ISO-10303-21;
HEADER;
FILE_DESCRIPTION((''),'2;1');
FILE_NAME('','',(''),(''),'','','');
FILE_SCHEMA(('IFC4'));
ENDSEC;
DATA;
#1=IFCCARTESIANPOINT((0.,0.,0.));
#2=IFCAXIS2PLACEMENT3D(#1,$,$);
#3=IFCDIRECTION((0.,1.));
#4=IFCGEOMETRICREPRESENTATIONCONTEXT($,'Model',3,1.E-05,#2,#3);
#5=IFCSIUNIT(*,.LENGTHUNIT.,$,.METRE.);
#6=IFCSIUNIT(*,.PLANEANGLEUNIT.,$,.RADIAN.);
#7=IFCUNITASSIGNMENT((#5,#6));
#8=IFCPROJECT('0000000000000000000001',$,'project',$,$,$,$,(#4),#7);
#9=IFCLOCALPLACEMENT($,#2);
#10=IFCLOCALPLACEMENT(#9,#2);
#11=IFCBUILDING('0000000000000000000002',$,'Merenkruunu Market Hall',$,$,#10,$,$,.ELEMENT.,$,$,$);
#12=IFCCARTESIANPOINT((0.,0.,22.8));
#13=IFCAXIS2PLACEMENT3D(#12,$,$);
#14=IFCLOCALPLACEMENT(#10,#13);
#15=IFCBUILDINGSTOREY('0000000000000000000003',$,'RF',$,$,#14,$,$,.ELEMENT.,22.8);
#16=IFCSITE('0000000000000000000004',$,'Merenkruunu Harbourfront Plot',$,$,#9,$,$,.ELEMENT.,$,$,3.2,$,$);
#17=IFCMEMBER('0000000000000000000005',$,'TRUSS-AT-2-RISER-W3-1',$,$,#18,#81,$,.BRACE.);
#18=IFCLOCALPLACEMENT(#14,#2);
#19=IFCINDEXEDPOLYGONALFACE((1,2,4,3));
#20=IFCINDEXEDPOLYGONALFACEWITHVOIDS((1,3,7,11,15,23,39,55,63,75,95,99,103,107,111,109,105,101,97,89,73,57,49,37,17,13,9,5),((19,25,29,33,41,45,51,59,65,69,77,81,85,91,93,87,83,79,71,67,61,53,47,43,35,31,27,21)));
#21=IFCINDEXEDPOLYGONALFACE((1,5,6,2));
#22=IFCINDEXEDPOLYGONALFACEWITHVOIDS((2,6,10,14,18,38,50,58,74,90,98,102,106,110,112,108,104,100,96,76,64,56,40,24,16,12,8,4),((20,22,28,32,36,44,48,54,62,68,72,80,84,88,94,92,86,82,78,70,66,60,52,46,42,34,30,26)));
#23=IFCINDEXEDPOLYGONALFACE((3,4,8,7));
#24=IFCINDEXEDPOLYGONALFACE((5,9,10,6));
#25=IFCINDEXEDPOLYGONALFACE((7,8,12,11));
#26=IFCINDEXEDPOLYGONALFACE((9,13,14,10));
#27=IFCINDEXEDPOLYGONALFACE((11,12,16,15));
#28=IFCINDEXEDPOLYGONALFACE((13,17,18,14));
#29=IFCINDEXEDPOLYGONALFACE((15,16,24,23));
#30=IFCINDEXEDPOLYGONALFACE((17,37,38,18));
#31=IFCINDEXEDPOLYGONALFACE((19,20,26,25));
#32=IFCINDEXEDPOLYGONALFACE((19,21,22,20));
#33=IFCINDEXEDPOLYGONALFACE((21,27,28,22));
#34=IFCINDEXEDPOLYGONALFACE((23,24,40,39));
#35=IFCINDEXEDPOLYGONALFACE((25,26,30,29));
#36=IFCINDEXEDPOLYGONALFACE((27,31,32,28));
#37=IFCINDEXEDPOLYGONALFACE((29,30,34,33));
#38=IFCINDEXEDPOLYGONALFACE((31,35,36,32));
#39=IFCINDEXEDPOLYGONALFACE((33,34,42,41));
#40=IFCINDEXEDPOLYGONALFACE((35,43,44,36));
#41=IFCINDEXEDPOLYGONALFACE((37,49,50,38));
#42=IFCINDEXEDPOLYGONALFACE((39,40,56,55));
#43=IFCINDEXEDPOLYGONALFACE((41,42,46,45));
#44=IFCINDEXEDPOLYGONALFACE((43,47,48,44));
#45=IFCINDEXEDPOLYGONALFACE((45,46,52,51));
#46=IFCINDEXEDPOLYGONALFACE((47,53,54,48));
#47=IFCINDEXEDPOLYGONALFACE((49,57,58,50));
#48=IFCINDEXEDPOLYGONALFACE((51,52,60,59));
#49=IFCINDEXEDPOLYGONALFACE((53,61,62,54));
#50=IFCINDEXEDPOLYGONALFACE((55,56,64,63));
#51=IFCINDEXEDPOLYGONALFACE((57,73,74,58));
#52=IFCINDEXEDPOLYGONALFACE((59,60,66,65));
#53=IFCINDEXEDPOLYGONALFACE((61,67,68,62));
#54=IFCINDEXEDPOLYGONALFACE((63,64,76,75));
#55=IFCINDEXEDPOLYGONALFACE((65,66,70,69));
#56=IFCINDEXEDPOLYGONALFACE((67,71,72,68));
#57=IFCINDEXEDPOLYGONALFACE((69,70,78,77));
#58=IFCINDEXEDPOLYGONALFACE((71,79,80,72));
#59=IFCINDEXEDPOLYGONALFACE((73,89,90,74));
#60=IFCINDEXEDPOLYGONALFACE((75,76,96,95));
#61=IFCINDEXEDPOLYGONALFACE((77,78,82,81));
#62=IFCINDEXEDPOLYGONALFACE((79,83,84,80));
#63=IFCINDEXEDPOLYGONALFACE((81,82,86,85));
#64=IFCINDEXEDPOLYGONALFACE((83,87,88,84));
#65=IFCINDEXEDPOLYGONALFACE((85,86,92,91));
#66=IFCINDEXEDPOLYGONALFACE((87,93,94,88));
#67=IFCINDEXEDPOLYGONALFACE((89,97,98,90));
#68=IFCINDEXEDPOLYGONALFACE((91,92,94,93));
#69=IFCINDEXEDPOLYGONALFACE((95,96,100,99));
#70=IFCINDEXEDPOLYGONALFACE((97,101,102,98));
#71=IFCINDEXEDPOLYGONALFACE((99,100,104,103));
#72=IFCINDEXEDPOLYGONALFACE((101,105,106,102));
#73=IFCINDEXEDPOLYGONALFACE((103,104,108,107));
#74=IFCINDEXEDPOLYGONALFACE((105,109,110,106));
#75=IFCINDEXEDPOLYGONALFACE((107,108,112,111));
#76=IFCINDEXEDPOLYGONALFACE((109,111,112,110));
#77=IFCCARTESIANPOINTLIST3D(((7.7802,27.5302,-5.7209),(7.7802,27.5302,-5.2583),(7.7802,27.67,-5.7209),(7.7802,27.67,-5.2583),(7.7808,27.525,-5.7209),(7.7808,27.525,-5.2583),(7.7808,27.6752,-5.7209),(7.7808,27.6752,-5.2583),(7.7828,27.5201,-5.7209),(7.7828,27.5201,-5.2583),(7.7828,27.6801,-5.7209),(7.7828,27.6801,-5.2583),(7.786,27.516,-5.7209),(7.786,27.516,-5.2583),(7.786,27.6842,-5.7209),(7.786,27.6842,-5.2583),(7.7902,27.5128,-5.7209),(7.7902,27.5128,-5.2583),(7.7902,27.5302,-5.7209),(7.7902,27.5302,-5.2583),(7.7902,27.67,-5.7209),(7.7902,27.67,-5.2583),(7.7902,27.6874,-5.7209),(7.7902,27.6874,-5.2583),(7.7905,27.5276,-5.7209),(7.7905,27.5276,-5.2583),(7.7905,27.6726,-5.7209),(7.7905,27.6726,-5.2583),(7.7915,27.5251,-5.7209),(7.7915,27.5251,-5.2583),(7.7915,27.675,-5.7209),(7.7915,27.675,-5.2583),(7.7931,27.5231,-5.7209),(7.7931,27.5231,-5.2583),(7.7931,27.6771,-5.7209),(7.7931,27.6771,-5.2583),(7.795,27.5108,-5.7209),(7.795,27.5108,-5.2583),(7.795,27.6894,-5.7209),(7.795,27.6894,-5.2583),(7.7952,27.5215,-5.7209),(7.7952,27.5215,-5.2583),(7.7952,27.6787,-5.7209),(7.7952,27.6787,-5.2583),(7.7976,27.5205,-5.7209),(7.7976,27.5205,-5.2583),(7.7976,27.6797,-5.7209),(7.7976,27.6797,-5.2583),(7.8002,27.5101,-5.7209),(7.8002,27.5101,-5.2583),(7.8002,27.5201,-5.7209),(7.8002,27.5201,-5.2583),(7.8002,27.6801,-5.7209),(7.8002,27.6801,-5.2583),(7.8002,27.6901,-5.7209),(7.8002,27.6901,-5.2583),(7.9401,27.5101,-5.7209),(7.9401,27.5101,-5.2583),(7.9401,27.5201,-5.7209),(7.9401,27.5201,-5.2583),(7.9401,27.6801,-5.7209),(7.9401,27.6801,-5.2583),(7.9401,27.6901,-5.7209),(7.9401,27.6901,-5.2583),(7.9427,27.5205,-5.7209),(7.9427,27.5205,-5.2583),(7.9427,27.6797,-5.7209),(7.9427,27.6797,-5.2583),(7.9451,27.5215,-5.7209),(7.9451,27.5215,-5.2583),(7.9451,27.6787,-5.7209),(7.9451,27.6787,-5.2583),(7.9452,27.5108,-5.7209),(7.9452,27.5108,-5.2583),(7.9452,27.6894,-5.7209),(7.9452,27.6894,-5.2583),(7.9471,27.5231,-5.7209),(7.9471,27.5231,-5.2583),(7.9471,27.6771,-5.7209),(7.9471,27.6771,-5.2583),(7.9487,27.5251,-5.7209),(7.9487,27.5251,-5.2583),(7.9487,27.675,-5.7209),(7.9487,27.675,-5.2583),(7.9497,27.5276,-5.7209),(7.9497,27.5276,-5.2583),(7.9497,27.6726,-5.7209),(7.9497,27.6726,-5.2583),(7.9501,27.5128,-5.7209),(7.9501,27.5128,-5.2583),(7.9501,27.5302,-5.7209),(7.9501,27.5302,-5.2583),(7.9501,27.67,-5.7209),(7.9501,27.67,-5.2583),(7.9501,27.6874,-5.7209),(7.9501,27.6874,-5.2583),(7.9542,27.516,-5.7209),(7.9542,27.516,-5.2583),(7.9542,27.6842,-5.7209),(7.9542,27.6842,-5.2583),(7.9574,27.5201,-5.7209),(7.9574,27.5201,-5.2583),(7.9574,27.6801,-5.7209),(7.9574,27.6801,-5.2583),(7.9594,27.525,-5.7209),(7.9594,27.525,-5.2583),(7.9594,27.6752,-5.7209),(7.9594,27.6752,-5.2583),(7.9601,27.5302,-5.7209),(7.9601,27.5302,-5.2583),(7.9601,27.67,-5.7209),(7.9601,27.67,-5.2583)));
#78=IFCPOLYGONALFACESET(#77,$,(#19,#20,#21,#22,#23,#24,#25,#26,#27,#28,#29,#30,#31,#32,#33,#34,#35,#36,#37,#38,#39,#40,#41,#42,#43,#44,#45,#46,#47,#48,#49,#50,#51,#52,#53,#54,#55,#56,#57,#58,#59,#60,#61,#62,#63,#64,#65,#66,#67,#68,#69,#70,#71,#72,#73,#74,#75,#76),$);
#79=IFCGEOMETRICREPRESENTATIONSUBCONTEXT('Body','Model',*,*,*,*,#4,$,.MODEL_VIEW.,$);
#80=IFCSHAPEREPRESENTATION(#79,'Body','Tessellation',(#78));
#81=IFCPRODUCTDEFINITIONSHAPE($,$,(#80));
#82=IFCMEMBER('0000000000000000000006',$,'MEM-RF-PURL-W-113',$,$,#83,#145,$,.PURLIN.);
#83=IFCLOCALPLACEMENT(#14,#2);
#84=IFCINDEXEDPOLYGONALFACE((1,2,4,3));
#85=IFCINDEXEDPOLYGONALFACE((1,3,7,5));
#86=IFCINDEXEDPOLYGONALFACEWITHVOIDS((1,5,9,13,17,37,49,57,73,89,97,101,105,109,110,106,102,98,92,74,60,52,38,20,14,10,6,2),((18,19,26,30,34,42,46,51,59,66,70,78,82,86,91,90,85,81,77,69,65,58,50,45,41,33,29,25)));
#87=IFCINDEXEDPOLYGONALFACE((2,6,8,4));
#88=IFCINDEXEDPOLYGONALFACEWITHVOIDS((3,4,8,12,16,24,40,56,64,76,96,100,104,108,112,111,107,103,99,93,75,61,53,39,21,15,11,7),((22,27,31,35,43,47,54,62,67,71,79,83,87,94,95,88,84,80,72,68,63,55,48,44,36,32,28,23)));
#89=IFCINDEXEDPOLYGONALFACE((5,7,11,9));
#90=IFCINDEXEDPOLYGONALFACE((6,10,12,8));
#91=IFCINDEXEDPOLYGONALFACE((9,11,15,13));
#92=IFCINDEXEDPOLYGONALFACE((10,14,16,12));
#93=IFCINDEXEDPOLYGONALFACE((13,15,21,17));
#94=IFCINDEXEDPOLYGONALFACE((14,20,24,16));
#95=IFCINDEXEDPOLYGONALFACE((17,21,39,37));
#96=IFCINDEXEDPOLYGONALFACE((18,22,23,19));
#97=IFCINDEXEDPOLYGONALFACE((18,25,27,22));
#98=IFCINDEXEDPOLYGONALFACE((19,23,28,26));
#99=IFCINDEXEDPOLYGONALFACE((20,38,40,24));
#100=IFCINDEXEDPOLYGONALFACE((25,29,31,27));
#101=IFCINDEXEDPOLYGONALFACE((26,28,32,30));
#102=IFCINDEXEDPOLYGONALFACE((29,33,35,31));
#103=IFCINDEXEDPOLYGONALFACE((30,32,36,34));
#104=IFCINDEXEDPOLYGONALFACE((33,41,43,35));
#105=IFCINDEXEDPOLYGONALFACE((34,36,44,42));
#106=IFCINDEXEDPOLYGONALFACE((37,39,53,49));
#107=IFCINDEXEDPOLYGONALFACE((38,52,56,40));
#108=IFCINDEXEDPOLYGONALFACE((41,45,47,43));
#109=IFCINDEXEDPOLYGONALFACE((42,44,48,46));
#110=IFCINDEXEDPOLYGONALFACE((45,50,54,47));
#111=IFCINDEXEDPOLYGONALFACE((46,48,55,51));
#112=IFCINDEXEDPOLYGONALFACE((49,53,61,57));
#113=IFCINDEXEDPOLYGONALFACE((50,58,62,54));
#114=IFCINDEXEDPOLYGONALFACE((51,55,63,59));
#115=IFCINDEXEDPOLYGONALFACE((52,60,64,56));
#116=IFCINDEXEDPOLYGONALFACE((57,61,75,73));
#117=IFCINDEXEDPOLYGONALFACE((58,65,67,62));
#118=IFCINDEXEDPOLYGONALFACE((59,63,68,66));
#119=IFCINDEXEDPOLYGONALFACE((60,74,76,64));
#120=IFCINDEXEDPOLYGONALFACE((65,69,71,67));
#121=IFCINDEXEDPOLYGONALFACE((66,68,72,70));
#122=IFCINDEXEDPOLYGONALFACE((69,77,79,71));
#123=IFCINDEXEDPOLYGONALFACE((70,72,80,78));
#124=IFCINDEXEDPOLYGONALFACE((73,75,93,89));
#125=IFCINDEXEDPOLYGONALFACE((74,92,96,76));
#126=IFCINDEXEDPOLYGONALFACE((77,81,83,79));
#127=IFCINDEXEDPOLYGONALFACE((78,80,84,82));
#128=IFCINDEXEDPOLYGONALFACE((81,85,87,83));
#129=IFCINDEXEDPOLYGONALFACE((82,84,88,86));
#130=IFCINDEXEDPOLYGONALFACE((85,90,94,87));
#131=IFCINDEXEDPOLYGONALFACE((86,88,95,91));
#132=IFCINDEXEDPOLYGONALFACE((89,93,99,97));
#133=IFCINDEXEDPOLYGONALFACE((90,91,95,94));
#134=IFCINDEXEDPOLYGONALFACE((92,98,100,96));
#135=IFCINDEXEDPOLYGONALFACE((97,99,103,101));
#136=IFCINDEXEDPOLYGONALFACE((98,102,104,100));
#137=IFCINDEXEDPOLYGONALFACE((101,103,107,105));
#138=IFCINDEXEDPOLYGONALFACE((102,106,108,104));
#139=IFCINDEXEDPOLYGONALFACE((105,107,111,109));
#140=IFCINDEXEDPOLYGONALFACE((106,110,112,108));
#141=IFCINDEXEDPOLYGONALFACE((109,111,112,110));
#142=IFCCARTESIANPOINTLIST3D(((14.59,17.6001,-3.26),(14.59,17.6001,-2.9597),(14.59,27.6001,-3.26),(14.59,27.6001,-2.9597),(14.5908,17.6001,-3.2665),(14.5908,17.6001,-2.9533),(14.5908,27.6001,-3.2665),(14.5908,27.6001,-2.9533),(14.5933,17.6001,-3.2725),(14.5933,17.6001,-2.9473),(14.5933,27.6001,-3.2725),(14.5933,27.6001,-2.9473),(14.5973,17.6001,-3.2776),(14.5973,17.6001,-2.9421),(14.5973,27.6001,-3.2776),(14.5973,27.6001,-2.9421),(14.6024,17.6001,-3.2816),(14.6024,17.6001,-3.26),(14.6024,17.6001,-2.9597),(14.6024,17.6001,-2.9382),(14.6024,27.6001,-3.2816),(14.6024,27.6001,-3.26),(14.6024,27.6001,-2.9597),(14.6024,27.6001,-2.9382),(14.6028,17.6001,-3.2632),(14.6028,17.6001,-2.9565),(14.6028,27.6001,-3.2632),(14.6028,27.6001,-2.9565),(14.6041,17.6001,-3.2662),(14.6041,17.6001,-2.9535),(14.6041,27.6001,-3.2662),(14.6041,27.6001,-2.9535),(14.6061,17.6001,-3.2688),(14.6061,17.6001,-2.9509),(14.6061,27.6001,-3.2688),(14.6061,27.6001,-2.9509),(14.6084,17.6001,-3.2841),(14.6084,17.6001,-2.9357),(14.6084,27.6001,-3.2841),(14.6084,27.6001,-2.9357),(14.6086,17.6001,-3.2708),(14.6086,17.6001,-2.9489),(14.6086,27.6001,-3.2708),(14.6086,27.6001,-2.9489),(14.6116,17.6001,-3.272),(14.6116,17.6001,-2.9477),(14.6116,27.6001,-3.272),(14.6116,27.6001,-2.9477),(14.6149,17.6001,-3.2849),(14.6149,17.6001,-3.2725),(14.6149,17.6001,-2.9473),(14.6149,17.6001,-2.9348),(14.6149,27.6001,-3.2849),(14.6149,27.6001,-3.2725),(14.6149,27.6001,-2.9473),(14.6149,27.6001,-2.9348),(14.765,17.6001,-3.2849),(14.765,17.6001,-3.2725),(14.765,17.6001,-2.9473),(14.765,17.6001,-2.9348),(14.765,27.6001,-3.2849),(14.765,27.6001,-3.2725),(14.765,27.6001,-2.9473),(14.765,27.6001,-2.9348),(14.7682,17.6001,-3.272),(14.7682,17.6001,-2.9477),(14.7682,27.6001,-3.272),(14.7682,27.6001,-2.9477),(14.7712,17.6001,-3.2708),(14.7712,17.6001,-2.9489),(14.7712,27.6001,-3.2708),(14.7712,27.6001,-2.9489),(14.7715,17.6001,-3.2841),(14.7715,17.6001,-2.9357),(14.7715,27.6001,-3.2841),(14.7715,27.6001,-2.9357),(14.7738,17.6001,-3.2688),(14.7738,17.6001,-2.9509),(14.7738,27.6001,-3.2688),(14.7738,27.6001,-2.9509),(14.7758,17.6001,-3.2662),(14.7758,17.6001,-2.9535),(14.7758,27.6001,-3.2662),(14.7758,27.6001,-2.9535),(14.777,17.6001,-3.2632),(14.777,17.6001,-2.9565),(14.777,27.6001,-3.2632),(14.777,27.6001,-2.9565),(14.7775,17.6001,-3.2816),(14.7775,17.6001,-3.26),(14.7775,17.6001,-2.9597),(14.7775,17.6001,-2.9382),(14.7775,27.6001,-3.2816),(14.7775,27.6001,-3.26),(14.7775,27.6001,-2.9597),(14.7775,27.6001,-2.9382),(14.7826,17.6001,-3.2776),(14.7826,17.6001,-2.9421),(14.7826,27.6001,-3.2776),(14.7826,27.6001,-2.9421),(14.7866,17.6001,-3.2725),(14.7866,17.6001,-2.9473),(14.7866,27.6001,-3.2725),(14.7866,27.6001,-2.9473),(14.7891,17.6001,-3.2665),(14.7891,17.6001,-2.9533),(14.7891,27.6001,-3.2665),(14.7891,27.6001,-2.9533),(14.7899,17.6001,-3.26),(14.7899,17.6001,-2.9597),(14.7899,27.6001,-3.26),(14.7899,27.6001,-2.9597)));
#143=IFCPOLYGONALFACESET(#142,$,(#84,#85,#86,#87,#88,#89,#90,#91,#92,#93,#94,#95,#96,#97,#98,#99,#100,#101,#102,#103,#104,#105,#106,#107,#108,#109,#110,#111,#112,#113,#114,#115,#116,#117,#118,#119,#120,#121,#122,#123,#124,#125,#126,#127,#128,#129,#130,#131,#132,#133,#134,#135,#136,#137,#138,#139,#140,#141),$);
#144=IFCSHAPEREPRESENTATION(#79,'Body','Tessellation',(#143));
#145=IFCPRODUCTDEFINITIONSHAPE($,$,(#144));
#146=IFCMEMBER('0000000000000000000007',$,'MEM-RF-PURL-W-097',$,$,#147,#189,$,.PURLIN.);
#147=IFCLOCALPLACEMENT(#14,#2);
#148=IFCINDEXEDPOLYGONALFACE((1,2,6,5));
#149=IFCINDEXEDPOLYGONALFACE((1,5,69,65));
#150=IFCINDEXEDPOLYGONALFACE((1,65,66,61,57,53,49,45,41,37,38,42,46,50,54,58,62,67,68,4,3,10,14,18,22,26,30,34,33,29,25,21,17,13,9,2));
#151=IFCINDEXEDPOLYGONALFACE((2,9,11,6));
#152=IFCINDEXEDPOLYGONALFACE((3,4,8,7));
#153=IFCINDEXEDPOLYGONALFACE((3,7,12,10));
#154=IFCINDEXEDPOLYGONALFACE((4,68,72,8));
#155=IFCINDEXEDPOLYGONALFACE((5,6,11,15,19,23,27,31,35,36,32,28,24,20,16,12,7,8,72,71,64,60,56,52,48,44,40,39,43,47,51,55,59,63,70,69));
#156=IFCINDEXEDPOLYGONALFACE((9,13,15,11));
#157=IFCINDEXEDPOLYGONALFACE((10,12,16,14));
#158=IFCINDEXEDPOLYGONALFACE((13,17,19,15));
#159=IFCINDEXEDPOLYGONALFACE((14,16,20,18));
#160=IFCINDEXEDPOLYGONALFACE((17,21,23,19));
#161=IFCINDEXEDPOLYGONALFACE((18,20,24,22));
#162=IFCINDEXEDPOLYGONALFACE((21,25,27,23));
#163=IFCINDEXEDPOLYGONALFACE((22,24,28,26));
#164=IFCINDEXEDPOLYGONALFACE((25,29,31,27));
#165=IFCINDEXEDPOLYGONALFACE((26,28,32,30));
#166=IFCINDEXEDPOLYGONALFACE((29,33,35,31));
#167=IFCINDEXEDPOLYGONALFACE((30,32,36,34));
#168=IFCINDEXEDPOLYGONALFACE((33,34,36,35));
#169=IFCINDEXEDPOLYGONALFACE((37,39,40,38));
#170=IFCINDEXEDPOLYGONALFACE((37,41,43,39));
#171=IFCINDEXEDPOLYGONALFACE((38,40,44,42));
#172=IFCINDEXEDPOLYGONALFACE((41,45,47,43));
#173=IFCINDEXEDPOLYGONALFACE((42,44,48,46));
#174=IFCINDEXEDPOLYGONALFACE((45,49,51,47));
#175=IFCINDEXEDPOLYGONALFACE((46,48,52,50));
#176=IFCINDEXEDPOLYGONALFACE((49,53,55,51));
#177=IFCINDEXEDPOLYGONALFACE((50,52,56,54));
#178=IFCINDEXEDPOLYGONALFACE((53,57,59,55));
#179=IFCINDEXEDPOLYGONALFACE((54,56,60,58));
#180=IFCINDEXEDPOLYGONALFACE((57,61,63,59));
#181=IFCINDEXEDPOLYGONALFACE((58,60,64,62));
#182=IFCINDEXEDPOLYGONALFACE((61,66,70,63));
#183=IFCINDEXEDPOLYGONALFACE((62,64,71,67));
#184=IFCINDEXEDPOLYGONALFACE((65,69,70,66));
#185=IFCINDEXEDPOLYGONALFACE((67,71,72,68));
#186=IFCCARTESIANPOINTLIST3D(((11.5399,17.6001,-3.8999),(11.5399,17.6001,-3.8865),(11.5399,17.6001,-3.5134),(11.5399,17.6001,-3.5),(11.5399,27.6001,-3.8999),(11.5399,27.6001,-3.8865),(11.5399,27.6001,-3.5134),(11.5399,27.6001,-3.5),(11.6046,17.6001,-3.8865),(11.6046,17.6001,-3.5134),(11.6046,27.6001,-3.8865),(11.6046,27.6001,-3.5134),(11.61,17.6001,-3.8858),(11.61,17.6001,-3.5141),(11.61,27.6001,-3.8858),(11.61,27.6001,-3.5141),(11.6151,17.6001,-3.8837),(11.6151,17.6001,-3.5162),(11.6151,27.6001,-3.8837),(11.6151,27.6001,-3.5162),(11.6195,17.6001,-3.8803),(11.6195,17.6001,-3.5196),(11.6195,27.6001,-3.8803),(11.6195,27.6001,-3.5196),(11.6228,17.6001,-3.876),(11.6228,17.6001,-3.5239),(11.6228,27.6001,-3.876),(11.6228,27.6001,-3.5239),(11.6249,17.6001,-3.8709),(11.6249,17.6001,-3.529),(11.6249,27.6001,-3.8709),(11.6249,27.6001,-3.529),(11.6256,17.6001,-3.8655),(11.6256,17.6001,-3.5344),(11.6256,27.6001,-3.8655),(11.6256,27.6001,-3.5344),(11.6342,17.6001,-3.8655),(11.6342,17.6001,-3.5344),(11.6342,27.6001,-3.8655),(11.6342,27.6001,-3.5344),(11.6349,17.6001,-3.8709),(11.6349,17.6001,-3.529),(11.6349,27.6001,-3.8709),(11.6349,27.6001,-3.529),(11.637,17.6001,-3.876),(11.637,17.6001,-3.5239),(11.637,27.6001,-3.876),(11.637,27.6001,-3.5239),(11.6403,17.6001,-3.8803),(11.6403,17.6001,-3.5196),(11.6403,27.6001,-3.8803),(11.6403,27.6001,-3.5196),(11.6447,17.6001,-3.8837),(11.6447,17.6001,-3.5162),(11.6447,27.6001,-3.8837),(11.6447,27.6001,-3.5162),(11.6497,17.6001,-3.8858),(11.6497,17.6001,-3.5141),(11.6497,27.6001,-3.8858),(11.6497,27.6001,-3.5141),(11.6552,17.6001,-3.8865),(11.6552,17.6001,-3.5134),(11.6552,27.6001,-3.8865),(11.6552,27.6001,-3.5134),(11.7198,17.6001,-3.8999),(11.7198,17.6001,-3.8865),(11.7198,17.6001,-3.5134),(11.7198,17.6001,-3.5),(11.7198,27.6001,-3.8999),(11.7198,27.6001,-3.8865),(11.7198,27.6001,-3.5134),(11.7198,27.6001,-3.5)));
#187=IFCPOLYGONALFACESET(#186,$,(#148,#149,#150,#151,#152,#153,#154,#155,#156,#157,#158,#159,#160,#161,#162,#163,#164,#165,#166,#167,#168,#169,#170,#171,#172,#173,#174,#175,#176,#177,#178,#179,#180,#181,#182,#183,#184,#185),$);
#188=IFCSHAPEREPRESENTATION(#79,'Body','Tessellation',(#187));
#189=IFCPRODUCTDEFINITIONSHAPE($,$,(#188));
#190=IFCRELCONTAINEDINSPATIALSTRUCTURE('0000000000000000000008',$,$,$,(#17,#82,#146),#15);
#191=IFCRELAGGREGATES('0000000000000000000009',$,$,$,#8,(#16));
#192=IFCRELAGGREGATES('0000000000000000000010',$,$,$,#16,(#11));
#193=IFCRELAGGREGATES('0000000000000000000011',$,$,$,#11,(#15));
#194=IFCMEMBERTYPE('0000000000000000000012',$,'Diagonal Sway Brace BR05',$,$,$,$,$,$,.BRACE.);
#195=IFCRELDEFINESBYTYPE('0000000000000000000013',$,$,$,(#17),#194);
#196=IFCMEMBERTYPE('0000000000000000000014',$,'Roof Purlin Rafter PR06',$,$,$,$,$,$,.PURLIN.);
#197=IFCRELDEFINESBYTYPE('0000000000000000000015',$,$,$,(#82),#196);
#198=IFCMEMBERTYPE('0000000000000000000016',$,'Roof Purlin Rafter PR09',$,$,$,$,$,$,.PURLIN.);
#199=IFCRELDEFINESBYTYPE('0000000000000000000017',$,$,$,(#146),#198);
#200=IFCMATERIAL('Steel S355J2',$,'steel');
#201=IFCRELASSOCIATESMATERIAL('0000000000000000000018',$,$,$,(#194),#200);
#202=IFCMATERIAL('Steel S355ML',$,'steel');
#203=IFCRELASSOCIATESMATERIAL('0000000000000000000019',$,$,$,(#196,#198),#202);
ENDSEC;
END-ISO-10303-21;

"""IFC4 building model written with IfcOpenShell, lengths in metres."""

from ifc_helpers import new_model, si_unit, direction, frame, origin, origin_2d, place, context, subcontext, project, spatial, hollow_rectangle, i_section, extrude, material, material_profile, profile_set, type_object, element, save


model = new_model("IFC4")

# Units and contexts
model_context = context("Model", 3, precision=1e-05, world=origin(), true_north=direction((0.0, 1.0)))
body_context = subcontext(model_context, "Body", "Model", "MODEL_VIEW")
ifc_project = project(units=[si_unit("LENGTHUNIT", "METRE"), si_unit("PLANEANGLEUNIT", "RADIAN")], contexts=[model_context])

# Site, building, storey
site_placement = place(None, origin())
site = spatial("IfcSite", under=ifc_project, at=site_placement, Name="Merenkruunu Harbourfront Plot", CompositionType="ELEMENT", RefElevation=3.2)
building_placement = place(site_placement, origin())
building = spatial("IfcBuilding", under=site, at=building_placement, Name="Merenkruunu Market Hall", CompositionType="ELEMENT")
storey_placement = place(building_placement, frame((0.0, 0.0, 22.8)))
storey = spatial("IfcBuildingStorey", under=building, at=storey_placement, Name="RF", CompositionType="ELEMENT", Elevation=22.8)

# Shared definitions
ifc_material_1 = material(Name="Steel S355ML", Category="steel")

# Members
ifc_material_2 = material(Name="Steel S355J2", Category="steel")
ifc_material_profile_1 = material_profile(ifc_material_2, hollow_rectangle(XDim=0.1799, YDim=0.1799, WallThickness=0.01, InnerFilletRadius=0.01, OuterFilletRadius=0.02, at=origin_2d()), Name="SHS 180x180x10")
ifc_profile_set_1 = profile_set([ifc_material_profile_1], Name="Steel S355J2")
member_type_1 = type_object("IfcMemberType", Name="Diagonal Sway Brace BR05", PredefinedType="BRACE", material=ifc_profile_set_1)
member_1_placement = place(storey_placement, frame((7.8701, 27.6001, -5.7209), z_axis=(0.0, 0.0, 1.0), x_axis=(1.0, 0.0, 0.0)))
element("IfcMember", 1, at=member_1_placement, inside=storey, type_object=member_type_1, Name="TRUSS-AT-2-RISER-W3-1", PredefinedType="BRACE", context=body_context, shape_type="SweptSolid", body=[
    extrude(hollow_rectangle(XDim=0.1799, YDim=0.1799, WallThickness=0.01, InnerFilletRadius=0.01, OuterFilletRadius=0.02, at=origin_2d()), origin(), (0.0, 0.0, 1.0), 0.4626),
])
ifc_material_profile_2 = material_profile(ifc_material_1, hollow_rectangle(XDim=0.2, YDim=0.3501, WallThickness=0.0125, InnerFilletRadius=0.0125, OuterFilletRadius=0.0249, at=origin_2d()), Name="RHS 350x200x12.5")
ifc_profile_set_2 = profile_set([ifc_material_profile_2], Name="Steel S355ML")
member_type_2 = type_object("IfcMemberType", Name="Roof Purlin Rafter PR06", PredefinedType="PURLIN", material=ifc_profile_set_2)
member_2_placement = place(storey_placement, frame((14.6899, 17.6001, -3.1099), z_axis=(0.0, 1.0, 0.0), x_axis=(-1.0, 0.0, 0.0)))
element("IfcMember", 2, at=member_2_placement, inside=storey, type_object=member_type_2, Name="MEM-RF-PURL-W-113", PredefinedType="PURLIN", context=body_context, shape_type="SweptSolid", body=[
    extrude(hollow_rectangle(XDim=0.2, YDim=0.3501, WallThickness=0.0125, InnerFilletRadius=0.0125, OuterFilletRadius=0.0249, at=origin_2d()), origin(), (0.0, 0.0, 1.0), 10.0),
])
ifc_material_profile_3 = material_profile(ifc_material_1, i_section(OverallWidth=0.1799, OverallDepth=0.3999, WebThickness=0.0085, FlangeThickness=0.0134, FilletRadius=0.021, at=origin_2d()), Name="IPE 400")
ifc_profile_set_3 = profile_set([ifc_material_profile_3], Name="Steel S355ML")
member_type_3 = type_object("IfcMemberType", Name="Roof Purlin Rafter PR09", PredefinedType="PURLIN", material=ifc_profile_set_3)
for number, where, z_axis, x_axis, name in (
    (3, (11.6299, 17.6001, -3.7), (0.0, 1.0, 0.0), (-1.0, 0.0, 0.0), "MEM-RF-PURL-W-097"),
):
    element("IfcMember", number, at=place(storey_placement, frame(where, z_axis=z_axis, x_axis=x_axis)), inside=storey, type_object=member_type_3, Name=name, PredefinedType="PURLIN", context=body_context, shape_type="SweptSolid", body=[
        extrude(i_section(OverallWidth=0.1799, OverallDepth=0.3999, WebThickness=0.0085, FlangeThickness=0.0134, FilletRadius=0.021, at=origin_2d()), origin(), (0.0, 0.0, 1.0), 10.0),
    ])

save(model, "model.ifc")
